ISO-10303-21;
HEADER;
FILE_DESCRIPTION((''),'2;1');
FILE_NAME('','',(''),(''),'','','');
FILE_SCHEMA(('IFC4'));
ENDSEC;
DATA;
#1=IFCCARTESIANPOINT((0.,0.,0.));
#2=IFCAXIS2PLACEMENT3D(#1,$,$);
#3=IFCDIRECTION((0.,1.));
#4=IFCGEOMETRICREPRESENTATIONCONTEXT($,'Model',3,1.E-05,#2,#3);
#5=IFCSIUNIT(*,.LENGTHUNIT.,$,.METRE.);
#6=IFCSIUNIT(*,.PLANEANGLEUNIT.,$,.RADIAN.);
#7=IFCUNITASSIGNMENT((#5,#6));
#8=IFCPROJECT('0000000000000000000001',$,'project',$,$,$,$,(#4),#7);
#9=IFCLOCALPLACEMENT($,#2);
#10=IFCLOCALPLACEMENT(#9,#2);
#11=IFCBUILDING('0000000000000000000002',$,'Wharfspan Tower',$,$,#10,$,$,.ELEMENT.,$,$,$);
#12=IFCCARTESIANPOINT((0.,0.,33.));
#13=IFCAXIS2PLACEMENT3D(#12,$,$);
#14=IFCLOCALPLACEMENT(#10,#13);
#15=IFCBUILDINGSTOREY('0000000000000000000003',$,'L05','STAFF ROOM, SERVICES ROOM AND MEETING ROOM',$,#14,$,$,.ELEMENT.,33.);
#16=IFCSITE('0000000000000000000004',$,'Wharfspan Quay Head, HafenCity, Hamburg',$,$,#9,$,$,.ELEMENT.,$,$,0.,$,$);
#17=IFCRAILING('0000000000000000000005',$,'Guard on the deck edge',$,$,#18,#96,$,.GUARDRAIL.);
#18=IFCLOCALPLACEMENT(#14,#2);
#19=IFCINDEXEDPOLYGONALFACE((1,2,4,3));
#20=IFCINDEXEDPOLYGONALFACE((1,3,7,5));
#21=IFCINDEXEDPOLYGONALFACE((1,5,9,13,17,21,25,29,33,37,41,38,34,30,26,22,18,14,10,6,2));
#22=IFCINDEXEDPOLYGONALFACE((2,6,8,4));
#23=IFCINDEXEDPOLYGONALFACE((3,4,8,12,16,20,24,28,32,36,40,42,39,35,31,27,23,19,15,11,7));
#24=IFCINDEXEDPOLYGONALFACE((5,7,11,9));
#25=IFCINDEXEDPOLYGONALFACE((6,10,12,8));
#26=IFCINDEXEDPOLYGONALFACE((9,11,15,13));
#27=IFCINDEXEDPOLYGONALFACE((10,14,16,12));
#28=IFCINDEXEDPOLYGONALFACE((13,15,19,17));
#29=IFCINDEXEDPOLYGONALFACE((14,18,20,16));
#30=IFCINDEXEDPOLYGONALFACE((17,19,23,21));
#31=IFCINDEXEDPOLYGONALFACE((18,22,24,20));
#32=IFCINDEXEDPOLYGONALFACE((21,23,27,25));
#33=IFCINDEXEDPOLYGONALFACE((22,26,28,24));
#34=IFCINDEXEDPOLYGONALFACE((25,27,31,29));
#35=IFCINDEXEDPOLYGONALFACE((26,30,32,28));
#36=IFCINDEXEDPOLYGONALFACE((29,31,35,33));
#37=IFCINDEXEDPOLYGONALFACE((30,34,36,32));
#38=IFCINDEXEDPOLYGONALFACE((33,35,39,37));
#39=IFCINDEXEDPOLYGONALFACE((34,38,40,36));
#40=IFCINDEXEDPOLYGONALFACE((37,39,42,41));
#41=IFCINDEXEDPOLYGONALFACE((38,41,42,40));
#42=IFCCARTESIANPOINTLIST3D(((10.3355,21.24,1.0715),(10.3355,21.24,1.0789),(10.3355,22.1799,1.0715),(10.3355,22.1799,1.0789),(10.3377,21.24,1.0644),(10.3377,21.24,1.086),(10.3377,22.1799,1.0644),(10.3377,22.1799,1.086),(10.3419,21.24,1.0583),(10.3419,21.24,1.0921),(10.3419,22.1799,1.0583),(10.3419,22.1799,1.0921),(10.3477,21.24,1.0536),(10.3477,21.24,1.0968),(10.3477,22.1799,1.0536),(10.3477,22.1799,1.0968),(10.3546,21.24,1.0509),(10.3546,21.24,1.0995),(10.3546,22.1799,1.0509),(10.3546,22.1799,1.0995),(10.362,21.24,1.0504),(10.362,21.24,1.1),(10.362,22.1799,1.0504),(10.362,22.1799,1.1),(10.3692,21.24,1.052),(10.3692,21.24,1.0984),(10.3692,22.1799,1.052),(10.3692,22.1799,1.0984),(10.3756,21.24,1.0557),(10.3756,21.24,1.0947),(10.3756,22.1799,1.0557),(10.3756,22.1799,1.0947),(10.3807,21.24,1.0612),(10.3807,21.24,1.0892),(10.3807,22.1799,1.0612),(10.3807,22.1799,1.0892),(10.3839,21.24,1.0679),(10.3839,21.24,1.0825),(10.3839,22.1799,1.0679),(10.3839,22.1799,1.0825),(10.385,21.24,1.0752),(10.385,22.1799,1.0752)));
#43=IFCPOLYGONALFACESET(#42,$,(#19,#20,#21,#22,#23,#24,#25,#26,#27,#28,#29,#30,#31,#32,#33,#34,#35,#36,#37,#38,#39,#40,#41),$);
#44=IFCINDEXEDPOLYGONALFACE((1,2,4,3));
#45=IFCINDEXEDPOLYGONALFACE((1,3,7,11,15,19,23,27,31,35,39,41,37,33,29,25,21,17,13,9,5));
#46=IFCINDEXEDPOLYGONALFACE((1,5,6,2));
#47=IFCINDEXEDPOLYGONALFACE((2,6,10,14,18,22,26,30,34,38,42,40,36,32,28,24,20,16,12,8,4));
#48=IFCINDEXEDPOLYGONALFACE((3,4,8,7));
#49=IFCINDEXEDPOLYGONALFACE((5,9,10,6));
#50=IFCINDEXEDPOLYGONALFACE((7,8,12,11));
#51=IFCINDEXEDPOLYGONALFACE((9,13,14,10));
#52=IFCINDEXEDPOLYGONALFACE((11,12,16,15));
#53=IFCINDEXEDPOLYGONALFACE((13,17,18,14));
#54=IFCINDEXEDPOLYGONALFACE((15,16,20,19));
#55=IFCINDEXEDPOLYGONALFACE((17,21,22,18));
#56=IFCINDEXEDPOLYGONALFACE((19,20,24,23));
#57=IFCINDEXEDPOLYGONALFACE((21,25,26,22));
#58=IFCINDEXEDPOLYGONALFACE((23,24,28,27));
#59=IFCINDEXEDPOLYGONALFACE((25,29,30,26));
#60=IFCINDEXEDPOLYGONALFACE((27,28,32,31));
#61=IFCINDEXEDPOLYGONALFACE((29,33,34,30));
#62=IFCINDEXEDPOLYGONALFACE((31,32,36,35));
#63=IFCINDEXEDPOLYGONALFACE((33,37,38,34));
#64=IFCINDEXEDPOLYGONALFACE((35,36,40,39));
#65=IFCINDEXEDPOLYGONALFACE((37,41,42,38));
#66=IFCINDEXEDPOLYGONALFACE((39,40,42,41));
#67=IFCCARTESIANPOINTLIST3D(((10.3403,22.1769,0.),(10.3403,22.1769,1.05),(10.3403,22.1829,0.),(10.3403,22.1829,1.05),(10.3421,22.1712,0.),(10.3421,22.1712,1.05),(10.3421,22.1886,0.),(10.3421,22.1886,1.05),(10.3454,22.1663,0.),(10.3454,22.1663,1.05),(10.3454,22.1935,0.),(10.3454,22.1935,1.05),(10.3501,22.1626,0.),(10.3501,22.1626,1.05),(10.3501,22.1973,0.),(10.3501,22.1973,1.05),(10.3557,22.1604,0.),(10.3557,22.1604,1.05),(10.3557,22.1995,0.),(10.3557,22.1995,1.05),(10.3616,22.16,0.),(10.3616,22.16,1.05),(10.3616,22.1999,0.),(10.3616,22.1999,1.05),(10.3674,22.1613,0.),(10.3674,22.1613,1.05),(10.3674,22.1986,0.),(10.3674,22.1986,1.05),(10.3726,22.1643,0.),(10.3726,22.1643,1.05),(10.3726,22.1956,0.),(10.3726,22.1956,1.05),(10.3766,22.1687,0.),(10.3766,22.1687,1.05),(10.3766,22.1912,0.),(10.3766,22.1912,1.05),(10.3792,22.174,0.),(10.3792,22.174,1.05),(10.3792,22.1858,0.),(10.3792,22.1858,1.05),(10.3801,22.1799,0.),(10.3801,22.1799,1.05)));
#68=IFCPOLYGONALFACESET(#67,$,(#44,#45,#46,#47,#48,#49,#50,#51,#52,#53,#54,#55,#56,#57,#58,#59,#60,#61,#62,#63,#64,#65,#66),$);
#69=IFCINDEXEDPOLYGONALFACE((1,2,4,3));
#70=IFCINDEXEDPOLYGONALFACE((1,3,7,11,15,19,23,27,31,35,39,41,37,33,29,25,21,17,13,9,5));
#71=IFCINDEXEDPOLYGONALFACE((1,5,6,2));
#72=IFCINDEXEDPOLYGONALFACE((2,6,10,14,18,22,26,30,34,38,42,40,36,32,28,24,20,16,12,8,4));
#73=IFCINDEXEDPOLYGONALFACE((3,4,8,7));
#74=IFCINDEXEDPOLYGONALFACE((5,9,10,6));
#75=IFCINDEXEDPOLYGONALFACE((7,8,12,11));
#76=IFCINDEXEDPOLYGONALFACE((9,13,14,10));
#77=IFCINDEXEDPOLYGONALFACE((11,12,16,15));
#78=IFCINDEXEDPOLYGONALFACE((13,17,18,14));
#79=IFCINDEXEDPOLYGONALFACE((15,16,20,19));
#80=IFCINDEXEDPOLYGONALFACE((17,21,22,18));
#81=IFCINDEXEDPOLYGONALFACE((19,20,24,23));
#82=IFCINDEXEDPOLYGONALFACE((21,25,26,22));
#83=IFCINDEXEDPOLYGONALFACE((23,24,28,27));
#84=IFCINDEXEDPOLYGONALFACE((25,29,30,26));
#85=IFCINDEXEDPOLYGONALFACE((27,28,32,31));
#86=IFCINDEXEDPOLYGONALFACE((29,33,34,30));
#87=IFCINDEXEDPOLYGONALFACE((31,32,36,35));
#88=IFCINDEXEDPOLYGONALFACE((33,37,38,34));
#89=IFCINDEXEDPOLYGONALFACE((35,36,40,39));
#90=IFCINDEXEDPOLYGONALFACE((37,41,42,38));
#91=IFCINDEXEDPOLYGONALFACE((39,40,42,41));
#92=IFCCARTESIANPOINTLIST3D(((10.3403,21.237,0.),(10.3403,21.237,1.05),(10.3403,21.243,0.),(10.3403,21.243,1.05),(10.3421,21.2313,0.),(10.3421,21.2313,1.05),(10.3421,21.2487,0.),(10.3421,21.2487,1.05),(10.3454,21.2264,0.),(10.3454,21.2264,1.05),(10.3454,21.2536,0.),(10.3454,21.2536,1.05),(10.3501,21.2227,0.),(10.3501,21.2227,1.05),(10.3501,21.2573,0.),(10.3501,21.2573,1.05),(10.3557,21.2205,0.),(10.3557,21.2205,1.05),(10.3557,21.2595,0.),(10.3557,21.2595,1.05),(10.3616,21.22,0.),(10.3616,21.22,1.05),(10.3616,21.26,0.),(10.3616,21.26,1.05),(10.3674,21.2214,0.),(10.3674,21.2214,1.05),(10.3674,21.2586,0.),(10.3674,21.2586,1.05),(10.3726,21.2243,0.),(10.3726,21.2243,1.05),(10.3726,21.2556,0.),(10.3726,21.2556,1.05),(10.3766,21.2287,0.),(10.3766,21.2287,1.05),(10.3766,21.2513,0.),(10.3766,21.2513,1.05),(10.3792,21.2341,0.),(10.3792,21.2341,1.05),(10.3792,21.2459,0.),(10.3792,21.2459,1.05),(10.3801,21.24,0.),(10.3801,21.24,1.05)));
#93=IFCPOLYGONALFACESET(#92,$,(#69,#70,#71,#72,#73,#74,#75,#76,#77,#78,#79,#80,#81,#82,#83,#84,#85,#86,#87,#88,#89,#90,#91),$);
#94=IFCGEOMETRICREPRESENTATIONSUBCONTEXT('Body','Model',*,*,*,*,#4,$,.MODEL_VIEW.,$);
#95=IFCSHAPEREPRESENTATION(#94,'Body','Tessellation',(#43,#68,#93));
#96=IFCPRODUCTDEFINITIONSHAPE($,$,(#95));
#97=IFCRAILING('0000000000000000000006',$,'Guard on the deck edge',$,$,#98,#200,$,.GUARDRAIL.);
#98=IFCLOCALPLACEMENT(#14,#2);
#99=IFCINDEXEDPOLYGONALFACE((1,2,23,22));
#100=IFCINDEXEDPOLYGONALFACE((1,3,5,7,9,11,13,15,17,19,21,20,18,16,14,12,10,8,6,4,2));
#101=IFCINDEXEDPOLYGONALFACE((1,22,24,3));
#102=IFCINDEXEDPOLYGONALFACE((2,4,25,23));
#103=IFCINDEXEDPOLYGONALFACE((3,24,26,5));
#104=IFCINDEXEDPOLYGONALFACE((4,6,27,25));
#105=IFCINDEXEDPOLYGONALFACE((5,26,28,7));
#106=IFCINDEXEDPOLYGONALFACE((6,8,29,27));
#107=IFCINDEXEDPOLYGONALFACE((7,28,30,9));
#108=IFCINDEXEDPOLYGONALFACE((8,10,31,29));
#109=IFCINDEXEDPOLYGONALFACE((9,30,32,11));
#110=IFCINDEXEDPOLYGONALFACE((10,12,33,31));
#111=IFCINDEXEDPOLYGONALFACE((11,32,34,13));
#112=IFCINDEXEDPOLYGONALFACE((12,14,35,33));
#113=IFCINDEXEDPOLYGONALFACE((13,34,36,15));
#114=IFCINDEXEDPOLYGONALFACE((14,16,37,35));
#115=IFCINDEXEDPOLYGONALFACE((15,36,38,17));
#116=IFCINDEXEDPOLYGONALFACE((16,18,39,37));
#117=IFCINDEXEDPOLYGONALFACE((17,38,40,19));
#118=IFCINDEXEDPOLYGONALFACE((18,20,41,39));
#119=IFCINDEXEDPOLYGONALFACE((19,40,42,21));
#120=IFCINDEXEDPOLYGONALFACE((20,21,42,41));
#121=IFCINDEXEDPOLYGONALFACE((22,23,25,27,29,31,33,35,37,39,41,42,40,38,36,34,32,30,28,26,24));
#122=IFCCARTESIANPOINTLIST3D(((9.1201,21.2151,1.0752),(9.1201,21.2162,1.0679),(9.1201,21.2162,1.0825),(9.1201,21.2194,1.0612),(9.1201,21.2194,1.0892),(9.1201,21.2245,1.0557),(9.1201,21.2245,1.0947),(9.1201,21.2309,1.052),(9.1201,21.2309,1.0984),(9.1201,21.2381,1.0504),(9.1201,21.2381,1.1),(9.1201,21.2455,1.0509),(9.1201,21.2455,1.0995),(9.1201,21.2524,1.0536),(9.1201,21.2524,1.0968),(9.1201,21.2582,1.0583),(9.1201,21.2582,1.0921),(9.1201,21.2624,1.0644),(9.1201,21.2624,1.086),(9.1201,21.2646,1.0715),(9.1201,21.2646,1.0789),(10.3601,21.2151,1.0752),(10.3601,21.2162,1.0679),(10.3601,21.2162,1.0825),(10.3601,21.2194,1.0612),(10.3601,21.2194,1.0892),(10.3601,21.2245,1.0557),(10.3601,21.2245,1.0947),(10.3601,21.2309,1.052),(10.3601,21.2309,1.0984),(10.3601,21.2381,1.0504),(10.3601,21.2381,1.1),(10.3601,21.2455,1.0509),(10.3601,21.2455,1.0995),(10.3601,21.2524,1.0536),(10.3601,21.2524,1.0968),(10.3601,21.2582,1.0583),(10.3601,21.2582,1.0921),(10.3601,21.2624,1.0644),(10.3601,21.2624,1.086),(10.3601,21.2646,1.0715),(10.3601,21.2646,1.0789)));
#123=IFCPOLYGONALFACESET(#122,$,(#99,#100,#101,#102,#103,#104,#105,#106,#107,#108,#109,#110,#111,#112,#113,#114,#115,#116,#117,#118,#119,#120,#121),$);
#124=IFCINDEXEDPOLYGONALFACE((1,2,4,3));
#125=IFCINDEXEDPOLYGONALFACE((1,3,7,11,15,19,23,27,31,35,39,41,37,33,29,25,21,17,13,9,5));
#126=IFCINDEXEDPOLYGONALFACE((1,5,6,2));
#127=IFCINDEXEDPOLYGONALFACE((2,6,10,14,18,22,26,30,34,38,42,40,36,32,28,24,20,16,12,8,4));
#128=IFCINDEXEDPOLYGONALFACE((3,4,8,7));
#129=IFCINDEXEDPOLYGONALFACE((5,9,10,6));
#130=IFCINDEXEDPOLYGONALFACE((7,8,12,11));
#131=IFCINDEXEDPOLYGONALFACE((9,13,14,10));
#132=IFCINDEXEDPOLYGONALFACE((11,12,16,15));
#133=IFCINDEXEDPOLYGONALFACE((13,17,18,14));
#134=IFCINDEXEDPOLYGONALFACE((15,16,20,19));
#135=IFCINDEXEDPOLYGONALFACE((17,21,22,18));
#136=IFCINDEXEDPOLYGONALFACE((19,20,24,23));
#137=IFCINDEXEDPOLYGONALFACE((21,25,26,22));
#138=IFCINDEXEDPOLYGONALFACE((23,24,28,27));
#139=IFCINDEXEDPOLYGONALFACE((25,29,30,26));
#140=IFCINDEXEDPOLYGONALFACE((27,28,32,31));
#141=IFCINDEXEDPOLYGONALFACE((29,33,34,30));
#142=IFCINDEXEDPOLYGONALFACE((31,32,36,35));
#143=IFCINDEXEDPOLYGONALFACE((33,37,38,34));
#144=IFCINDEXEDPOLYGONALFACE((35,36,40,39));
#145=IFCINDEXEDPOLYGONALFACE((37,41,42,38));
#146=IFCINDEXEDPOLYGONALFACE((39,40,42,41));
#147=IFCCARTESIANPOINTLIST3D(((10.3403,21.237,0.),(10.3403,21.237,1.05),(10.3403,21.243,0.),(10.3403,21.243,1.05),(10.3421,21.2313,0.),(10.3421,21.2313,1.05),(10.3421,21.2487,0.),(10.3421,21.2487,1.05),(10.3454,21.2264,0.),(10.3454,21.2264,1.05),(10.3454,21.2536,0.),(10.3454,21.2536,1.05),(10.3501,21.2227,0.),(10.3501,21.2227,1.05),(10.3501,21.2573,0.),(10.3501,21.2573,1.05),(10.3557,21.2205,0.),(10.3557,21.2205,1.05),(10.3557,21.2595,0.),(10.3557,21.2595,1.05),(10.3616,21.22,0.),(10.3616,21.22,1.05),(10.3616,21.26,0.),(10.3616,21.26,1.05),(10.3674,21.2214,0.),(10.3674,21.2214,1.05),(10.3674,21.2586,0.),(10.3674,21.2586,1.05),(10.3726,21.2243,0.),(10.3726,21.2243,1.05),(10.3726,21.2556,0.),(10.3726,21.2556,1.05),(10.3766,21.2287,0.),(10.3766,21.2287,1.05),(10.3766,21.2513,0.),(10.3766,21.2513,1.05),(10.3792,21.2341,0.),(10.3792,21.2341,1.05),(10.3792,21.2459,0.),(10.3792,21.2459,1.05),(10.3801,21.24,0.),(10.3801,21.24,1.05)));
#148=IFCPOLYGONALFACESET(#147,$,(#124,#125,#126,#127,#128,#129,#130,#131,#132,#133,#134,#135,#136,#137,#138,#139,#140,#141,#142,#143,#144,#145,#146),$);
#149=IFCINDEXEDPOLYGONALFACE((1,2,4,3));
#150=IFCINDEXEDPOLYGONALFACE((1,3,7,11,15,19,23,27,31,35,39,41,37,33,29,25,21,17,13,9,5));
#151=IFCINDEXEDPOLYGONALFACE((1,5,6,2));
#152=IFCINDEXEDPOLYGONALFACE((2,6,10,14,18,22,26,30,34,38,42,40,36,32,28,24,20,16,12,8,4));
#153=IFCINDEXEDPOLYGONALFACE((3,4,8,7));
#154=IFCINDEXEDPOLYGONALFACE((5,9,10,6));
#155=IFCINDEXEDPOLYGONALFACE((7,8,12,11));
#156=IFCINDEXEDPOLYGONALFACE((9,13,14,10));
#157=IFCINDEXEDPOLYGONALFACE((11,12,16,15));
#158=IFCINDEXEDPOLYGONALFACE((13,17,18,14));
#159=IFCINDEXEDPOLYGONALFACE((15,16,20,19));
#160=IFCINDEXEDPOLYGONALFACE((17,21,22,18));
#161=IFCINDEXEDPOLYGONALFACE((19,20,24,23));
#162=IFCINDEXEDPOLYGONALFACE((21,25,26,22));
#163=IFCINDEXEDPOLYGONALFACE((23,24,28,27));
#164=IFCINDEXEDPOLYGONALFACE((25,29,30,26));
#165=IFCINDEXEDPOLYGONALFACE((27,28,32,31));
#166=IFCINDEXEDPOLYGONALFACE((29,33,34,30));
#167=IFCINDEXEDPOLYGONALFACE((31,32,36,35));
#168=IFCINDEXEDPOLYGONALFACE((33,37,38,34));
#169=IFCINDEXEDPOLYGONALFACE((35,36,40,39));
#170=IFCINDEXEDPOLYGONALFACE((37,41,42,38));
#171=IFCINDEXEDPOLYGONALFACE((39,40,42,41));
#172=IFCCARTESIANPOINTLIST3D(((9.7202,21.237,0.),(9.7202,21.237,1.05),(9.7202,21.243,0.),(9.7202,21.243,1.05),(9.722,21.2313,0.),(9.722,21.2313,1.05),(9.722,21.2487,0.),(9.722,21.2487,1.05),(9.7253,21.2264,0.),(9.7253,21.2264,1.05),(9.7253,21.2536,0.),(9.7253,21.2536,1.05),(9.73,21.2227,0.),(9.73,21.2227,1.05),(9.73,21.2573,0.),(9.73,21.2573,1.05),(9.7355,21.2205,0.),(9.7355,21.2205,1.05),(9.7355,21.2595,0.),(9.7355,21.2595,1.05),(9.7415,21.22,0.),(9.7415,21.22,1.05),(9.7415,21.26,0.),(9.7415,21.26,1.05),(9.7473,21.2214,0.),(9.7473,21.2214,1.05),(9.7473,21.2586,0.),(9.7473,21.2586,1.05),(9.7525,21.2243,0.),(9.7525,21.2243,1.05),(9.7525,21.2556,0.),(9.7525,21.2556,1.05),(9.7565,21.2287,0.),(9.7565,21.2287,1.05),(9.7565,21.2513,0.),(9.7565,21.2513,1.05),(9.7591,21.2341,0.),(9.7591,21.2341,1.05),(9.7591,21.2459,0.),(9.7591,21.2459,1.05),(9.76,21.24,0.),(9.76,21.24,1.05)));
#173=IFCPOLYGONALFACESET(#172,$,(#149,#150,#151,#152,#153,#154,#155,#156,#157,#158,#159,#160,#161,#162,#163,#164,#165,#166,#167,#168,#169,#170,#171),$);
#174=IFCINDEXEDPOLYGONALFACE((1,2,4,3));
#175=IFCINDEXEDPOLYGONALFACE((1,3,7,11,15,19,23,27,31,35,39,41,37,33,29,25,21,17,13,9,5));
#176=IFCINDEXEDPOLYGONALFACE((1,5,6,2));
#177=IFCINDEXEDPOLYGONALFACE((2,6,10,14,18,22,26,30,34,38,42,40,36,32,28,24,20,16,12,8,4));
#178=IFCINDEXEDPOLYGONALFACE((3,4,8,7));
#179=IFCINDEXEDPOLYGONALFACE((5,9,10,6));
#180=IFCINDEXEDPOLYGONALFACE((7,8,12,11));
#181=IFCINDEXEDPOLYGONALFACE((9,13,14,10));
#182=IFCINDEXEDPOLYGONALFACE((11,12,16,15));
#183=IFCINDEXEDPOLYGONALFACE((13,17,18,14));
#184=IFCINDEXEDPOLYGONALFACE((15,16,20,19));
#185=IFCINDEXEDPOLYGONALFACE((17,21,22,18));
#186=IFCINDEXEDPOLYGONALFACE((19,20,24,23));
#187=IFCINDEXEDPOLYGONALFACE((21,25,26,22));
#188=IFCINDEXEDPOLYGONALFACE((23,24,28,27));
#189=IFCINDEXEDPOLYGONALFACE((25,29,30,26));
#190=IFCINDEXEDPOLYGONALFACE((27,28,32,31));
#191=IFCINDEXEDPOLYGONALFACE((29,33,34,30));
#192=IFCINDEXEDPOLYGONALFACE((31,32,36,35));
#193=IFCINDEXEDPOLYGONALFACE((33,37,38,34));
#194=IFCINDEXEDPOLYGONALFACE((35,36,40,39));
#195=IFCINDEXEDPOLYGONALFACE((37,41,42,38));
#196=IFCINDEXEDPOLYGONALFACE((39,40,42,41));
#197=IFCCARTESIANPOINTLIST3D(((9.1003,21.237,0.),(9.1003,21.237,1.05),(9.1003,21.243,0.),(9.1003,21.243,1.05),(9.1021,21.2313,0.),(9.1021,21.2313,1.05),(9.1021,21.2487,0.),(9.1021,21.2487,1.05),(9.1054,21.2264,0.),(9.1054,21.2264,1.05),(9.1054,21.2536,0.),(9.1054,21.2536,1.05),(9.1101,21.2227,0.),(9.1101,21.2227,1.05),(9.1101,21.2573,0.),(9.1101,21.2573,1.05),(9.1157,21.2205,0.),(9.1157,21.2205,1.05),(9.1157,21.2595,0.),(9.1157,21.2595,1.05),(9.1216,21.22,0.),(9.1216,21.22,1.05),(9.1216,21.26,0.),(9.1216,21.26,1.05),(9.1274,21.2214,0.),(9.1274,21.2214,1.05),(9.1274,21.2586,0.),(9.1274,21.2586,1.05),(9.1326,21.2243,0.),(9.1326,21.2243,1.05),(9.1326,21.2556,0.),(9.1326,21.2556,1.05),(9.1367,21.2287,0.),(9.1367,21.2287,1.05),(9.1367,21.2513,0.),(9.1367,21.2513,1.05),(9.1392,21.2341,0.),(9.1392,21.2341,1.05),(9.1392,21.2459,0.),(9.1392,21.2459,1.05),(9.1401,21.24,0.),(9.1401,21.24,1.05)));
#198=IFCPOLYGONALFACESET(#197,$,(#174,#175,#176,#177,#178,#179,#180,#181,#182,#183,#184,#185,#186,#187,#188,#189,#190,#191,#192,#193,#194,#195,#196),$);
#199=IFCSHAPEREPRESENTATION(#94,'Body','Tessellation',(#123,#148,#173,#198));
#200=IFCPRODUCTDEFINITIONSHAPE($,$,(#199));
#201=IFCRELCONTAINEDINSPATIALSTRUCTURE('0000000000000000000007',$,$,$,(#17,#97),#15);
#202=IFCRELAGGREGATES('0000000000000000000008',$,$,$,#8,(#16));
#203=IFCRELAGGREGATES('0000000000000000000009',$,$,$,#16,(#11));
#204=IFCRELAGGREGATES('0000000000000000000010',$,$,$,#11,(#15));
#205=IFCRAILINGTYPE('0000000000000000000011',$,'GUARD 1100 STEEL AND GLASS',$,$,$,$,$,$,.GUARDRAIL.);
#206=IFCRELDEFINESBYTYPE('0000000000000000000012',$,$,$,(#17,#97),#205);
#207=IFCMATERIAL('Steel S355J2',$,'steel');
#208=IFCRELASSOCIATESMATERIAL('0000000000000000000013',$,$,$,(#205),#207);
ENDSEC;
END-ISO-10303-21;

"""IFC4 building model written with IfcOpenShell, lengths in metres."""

from ifc_helpers import new_model, si_unit, direction, frame, origin, origin_2d, place, context, subcontext, project, spatial, circle, extrude, material, type_object, element, save


model = new_model("IFC4")

# Units and contexts
model_context = context("Model", 3, precision=1e-05, world=origin(), true_north=direction((0.0, 1.0)))
body_context = subcontext(model_context, "Body", "Model", "MODEL_VIEW")
ifc_project = project(units=[si_unit("LENGTHUNIT", "METRE"), si_unit("PLANEANGLEUNIT", "RADIAN")], contexts=[model_context])

# Site, building, storey
site_placement = place(None, origin())
site = spatial("IfcSite", under=ifc_project, at=site_placement, Name="Wharfspan Quay Head, HafenCity, Hamburg", CompositionType="ELEMENT", RefElevation=0.0)
building_placement = place(site_placement, origin())
building = spatial("IfcBuilding", under=site, at=building_placement, Name="Wharfspan Tower", CompositionType="ELEMENT")
storey_placement = place(building_placement, frame((0.0, 0.0, 33.0)))
storey = spatial("IfcBuildingStorey", under=building, at=storey_placement, Name="L05", Description="STAFF ROOM, SERVICES ROOM AND MEETING ROOM", CompositionType="ELEMENT", Elevation=33.0)

# Railings
ifc_material_1 = material(Name="Steel S355J2", Category="steel")
railing_type_1 = type_object("IfcRailingType", Name="GUARD 1100 STEEL AND GLASS", PredefinedType="GUARDRAIL", material=ifc_material_1)
railing_1_placement = place(storey_placement, frame((10.3601, 22.1799, 0.0)))
element("IfcRailing", 1, at=railing_1_placement, inside=storey, type_object=railing_type_1, Name="Guard on the deck edge", PredefinedType="GUARDRAIL", context=body_context, shape_type="SweptSolid", body=[
    extrude(circle(Radius=0.0249, at=origin_2d()), frame((0.0, 0.0, 1.0752), z_axis=(0.0, -1.0, 0.0), x_axis=(1.0, 0.0, 0.0)), (0.0, 0.0, 1.0), 0.9399),
    extrude(circle(Radius=0.02, at=origin_2d()), origin(), (0.0, 0.0, 1.0), 1.05),
    extrude(circle(Radius=0.02, at=origin_2d()), frame((0.0, -0.9399, 0.0)), (0.0, 0.0, 1.0), 1.05),
])
railing_2_placement = place(storey_placement, frame((10.3601, 21.24, 0.0)))
element("IfcRailing", 2, at=railing_2_placement, inside=storey, type_object=railing_type_1, Name="Guard on the deck edge", PredefinedType="GUARDRAIL", context=body_context, shape_type="SweptSolid", body=[
    extrude(circle(Radius=0.0249, at=origin_2d()), frame((0.0, 0.0, 1.0752), z_axis=(-1.0, 0.0, 0.0), x_axis=(0.0, -1.0, 0.0)), (0.0, 0.0, 1.0), 1.24),
    extrude(circle(Radius=0.02, at=origin_2d()), origin(), (0.0, 0.0, 1.0), 1.05),
    extrude(circle(Radius=0.02, at=origin_2d()), frame((-0.6201, 0.0, 0.0)), (0.0, 0.0, 1.0), 1.05),
    extrude(circle(Radius=0.02, at=origin_2d()), frame((-1.24, 0.0, 0.0)), (0.0, 0.0, 1.0), 1.05),
])

save(model, "model.ifc")
